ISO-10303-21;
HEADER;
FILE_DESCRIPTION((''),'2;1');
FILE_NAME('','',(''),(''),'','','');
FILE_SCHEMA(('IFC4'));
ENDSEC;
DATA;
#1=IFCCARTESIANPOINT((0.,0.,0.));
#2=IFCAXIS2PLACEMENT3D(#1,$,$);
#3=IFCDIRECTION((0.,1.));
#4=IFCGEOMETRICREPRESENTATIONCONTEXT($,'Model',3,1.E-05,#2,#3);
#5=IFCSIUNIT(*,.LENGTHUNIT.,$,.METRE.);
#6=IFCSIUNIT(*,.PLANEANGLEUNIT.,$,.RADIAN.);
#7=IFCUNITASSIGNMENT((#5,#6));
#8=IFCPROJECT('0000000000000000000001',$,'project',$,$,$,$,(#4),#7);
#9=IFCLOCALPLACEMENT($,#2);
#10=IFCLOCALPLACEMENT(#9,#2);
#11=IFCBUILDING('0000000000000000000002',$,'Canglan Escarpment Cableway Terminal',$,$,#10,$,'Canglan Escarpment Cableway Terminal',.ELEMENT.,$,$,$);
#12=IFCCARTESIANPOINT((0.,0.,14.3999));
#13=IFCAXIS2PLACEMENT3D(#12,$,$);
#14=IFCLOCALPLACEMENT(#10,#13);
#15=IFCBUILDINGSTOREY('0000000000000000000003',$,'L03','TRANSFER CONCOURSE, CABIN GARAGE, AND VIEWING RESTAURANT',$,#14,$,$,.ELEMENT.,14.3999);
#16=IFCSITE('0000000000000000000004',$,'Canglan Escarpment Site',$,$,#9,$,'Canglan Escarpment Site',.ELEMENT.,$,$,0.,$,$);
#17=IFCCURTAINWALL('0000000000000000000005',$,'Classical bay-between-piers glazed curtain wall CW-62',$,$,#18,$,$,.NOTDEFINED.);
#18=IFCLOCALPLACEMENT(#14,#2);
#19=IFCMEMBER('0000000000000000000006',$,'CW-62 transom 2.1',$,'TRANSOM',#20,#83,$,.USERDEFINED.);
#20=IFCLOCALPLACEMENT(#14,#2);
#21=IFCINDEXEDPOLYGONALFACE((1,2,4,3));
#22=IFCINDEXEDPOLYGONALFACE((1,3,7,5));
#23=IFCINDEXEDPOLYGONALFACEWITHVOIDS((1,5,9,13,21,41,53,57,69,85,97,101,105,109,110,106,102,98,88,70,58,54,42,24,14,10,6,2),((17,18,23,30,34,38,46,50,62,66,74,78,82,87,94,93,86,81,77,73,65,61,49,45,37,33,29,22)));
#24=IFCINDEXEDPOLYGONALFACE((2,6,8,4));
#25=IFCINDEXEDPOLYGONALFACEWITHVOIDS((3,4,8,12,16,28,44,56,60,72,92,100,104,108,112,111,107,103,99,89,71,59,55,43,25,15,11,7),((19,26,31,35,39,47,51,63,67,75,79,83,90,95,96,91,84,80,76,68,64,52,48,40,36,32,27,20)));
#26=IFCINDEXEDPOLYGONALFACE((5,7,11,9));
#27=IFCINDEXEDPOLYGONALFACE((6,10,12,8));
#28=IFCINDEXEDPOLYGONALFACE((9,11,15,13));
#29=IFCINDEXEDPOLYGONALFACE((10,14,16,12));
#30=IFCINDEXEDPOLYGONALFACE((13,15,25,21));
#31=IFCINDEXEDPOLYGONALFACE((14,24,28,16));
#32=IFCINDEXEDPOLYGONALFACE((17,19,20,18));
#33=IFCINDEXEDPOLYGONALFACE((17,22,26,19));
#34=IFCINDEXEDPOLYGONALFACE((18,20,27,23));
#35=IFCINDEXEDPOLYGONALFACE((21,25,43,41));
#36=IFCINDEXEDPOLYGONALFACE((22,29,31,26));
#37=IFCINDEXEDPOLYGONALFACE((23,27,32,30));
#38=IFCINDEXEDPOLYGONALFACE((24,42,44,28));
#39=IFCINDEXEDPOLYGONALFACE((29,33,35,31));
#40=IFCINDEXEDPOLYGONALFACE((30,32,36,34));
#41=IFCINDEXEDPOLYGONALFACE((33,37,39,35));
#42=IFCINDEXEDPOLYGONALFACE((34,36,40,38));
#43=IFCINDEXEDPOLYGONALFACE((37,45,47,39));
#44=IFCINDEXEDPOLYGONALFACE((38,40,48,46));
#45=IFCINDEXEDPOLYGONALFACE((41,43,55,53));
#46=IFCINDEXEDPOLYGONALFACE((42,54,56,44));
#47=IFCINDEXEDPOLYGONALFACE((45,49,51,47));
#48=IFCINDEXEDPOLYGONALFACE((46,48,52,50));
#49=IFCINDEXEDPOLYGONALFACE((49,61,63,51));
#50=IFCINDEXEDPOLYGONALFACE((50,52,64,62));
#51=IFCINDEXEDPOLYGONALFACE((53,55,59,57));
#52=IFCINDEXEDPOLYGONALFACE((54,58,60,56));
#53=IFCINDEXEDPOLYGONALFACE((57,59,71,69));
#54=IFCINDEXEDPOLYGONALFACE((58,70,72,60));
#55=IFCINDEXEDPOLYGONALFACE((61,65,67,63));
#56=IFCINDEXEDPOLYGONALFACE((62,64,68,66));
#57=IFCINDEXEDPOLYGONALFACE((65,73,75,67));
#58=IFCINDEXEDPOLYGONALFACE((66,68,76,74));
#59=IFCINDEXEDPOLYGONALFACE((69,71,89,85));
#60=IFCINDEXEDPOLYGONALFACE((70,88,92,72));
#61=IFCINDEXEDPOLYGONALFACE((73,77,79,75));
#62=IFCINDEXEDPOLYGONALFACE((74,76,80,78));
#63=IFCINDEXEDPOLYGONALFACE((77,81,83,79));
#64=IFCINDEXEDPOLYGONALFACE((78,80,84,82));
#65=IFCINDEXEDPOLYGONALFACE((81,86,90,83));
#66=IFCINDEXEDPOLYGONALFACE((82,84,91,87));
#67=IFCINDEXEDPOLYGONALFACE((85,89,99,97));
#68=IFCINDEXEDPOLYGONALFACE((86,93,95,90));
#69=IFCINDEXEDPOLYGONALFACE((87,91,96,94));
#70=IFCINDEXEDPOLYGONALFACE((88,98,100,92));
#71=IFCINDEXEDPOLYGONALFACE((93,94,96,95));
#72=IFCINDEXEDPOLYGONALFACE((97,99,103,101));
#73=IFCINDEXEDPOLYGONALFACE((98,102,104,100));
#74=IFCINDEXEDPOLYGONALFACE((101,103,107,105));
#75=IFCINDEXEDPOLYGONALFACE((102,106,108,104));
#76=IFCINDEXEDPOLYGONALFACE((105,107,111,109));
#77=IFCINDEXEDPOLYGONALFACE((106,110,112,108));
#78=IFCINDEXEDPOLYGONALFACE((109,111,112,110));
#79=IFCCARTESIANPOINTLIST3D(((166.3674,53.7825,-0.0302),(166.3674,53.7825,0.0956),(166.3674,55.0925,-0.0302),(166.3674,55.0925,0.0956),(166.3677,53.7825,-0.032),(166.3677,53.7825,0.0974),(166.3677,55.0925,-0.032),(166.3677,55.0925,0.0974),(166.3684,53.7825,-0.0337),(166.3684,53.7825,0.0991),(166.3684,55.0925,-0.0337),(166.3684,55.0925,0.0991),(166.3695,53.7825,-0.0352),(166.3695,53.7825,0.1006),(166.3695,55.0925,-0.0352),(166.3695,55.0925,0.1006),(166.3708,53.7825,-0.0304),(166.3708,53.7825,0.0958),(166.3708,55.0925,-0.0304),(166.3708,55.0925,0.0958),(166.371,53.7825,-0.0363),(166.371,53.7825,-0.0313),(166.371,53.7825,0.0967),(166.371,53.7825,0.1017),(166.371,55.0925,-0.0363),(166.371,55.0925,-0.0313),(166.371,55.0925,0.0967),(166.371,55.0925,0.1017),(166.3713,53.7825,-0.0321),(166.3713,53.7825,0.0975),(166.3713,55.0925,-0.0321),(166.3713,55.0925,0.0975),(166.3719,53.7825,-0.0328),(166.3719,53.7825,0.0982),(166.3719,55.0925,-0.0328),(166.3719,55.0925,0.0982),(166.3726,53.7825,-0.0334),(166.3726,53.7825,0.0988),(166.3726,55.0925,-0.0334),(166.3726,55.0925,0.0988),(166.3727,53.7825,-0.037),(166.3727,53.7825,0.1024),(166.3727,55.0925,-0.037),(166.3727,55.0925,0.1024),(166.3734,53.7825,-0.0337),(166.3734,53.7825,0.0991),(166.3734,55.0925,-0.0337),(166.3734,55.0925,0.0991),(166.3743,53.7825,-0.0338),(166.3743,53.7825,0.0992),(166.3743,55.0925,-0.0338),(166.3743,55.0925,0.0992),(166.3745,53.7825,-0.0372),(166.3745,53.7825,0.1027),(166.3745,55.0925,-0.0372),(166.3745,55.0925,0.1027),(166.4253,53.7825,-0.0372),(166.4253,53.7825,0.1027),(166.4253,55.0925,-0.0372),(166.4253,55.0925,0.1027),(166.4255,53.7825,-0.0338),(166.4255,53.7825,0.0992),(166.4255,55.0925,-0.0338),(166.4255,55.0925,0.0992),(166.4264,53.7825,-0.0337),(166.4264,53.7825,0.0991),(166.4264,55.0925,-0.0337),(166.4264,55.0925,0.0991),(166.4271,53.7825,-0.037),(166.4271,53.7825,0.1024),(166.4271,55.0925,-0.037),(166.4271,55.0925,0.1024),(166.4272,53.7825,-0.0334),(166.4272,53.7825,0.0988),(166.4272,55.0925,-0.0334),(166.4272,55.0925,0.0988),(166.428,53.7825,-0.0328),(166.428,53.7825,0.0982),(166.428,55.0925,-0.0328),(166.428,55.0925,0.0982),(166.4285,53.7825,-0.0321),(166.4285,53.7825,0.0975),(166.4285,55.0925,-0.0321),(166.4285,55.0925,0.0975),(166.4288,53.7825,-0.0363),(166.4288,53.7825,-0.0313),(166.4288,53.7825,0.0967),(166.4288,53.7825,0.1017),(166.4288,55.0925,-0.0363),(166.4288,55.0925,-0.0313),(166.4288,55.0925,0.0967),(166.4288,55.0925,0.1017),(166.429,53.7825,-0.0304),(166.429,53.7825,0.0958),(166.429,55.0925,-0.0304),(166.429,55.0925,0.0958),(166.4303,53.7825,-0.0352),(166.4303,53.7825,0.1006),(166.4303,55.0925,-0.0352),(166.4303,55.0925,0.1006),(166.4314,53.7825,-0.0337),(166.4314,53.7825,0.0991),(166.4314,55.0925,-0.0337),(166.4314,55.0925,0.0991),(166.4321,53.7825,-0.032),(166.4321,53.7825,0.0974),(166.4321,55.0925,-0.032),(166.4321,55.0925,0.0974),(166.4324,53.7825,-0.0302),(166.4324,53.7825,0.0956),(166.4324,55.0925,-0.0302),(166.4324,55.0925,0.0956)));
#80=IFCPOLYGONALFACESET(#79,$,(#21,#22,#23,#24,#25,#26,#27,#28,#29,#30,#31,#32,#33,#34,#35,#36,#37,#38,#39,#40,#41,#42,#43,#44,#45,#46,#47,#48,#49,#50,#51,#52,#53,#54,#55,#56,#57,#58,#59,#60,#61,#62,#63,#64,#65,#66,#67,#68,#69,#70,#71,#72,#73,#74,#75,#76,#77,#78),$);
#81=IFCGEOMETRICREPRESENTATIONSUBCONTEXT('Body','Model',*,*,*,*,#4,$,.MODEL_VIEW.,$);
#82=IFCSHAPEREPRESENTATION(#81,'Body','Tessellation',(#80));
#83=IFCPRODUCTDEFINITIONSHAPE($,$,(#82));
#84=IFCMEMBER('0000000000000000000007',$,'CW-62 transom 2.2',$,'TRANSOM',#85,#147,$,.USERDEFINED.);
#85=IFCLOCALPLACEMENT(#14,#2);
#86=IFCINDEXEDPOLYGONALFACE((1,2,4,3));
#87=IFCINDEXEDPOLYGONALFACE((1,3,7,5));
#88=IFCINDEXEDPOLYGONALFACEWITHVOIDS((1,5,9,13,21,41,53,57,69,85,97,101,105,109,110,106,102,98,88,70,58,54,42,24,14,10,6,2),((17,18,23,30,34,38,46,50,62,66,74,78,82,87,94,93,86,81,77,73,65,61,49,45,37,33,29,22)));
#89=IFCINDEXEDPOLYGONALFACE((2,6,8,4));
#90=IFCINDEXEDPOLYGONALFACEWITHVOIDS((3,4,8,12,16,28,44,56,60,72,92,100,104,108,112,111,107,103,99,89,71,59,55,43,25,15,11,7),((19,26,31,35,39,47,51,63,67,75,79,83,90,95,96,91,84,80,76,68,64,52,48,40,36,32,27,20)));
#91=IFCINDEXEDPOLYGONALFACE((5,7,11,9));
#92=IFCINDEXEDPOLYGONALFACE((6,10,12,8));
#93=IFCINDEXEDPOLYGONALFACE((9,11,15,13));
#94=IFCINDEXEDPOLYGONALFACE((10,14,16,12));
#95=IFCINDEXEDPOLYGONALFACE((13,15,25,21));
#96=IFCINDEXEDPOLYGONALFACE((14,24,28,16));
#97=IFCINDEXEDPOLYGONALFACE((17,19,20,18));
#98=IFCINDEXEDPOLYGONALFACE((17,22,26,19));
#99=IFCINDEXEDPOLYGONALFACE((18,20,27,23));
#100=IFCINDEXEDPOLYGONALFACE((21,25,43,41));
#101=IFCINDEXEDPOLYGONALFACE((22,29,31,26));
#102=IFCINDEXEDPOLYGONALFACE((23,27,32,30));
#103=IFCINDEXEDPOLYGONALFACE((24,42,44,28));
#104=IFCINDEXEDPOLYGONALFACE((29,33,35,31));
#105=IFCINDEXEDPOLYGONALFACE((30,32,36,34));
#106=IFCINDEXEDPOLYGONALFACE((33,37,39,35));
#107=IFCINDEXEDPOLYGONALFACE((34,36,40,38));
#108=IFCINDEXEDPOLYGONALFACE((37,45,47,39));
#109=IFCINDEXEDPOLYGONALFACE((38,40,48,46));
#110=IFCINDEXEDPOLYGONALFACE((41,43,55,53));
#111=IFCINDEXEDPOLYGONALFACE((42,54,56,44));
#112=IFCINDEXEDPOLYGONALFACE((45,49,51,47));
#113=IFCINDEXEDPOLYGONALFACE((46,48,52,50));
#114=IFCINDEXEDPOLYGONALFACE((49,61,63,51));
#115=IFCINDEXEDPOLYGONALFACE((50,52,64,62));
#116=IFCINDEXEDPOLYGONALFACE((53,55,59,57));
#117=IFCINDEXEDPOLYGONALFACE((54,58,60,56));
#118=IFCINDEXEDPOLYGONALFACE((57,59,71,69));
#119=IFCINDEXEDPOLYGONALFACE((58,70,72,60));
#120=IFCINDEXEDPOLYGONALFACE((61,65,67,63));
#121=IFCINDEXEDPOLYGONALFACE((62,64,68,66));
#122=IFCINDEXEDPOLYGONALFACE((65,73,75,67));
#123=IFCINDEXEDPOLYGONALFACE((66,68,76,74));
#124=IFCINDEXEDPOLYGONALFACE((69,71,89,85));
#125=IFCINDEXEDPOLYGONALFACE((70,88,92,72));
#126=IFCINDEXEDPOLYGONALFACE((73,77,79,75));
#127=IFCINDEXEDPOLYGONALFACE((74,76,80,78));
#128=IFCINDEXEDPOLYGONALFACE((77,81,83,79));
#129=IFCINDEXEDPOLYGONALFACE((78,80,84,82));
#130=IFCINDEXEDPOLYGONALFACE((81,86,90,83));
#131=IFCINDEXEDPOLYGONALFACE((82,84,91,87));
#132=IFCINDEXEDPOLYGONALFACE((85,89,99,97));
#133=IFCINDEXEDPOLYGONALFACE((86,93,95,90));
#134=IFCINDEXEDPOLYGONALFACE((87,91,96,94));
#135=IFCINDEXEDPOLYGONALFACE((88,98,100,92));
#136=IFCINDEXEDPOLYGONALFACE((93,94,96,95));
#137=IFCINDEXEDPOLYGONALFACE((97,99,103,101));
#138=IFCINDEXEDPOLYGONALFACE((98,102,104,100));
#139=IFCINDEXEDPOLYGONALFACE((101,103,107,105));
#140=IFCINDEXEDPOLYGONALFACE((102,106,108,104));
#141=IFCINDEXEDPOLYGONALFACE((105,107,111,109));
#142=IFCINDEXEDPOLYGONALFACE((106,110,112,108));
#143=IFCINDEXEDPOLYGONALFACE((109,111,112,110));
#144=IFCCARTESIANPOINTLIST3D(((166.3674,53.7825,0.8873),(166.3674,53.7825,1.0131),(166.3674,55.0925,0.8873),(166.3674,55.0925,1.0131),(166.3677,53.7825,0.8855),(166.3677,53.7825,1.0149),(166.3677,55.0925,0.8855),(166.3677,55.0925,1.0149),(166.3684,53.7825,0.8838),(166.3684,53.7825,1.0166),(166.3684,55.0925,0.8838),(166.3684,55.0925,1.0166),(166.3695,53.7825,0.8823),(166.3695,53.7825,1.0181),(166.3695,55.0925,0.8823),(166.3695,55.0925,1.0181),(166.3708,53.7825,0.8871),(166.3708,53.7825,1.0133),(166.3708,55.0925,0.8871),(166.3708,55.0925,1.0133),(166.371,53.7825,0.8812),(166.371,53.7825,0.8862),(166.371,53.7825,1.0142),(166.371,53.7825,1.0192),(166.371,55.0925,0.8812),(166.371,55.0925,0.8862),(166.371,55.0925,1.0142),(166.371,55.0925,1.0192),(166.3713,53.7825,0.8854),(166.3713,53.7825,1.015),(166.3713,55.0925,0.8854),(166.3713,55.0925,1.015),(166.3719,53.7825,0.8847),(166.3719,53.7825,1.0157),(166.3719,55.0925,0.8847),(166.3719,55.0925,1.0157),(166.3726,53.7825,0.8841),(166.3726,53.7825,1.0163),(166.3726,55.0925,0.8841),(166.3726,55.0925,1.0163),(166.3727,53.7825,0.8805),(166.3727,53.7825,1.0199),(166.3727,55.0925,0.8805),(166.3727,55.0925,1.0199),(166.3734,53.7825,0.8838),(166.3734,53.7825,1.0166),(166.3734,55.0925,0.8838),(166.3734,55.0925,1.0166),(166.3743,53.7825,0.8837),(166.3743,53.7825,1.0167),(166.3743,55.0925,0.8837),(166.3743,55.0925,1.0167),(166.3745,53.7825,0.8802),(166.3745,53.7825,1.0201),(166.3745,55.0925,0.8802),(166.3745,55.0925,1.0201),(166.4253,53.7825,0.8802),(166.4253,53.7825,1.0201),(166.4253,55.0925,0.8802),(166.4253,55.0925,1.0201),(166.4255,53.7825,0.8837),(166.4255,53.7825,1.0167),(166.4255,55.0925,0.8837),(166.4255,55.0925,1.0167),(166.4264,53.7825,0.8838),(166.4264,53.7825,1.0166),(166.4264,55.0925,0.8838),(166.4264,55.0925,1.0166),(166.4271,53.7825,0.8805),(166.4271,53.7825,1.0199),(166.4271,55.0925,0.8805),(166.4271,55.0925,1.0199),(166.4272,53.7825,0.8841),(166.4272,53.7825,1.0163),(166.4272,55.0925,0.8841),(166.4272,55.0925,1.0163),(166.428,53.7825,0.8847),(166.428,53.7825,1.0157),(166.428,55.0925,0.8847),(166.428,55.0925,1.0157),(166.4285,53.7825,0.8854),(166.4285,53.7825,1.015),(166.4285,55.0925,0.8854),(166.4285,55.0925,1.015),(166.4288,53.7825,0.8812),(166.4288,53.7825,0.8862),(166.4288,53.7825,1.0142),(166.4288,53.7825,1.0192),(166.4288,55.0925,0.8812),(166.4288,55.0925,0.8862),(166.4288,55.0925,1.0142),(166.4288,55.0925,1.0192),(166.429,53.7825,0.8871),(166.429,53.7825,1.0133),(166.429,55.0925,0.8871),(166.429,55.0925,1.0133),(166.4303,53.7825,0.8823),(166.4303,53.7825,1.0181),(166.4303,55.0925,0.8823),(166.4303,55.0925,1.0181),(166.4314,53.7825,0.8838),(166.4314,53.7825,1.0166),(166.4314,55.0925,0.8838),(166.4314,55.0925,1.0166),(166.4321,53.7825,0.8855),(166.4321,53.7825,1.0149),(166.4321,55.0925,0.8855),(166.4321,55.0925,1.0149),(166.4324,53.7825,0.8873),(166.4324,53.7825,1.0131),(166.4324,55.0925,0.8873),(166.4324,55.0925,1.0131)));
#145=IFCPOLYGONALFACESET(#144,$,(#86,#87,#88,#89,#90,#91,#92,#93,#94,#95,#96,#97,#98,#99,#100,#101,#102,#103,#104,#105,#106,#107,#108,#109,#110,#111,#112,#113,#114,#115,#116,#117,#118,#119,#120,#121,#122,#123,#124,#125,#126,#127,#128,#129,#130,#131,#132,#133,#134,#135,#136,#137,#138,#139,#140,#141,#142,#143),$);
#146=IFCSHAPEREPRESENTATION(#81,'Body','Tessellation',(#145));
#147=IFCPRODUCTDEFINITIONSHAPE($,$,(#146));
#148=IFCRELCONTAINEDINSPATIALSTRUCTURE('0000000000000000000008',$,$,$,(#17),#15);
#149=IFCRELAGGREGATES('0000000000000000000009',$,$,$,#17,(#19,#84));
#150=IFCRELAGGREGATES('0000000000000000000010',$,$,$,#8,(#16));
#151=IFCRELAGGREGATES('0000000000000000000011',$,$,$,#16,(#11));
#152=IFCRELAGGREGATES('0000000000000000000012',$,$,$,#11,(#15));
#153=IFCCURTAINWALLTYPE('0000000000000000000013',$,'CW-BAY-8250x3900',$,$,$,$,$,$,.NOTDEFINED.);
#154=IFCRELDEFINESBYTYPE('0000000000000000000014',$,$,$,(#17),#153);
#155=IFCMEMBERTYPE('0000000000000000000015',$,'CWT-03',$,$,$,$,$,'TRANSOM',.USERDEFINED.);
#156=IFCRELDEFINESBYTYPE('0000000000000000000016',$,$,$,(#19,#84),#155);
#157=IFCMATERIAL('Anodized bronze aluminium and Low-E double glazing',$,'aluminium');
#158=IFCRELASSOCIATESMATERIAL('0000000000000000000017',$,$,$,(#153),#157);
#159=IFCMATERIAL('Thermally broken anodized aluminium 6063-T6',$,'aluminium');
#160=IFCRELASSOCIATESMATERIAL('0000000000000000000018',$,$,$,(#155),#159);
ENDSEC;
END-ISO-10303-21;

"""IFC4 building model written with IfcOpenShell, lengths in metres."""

from ifc_helpers import new_model, si_unit, direction, frame, origin, origin_2d, place, context, subcontext, project, spatial, hollow_rectangle, extrude, material, material_profile, profile_set, type_object, element, aggregate, save


model = new_model("IFC4")

# Units and contexts
model_context = context("Model", 3, precision=1e-05, world=origin(), true_north=direction((0.0, 1.0)))
body_context = subcontext(model_context, "Body", "Model", "MODEL_VIEW")
ifc_project = project(units=[si_unit("LENGTHUNIT", "METRE"), si_unit("PLANEANGLEUNIT", "RADIAN")], contexts=[model_context])

# Site, building, storey
site_placement = place(None, origin())
site = spatial("IfcSite", under=ifc_project, at=site_placement, Name="Canglan Escarpment Site", LongName="Canglan Escarpment Site", CompositionType="ELEMENT", RefElevation=0.0)
building_placement = place(site_placement, origin())
building = spatial("IfcBuilding", under=site, at=building_placement, Name="Canglan Escarpment Cableway Terminal", LongName="Canglan Escarpment Cableway Terminal", CompositionType="ELEMENT")
storey_placement = place(building_placement, frame((0.0, 0.0, 14.3999)))
storey = spatial("IfcBuildingStorey", under=building, at=storey_placement, Name="L03", Description="TRANSFER CONCOURSE, CABIN GARAGE, AND VIEWING RESTAURANT", CompositionType="ELEMENT", Elevation=14.3999)

# Shared definitions
ifc_material_1 = material(Name="Anodized bronze aluminium and Low-E double glazing", Category="aluminium")
curtain_wall_type = type_object("IfcCurtainWallType", Name="CW-BAY-8250x3900", PredefinedType="NOTDEFINED", material=ifc_material_1)
ifc_material_2 = material(Name="Thermally broken anodized aluminium 6063-T6", Category="aluminium")

# Curtain wall
curtain_wall_1_placement = place(storey_placement, origin())
curtain_wall_1 = element("IfcCurtainWall", 1, at=curtain_wall_1_placement, inside=storey, type_object=curtain_wall_type, Name="Classical bay-between-piers glazed curtain wall CW-62", PredefinedType="NOTDEFINED")

# Members
ifc_material_profile_1 = material_profile(ifc_material_2, hollow_rectangle(XDim=0.0649, YDim=0.1399, WallThickness=0.0034, InnerFilletRadius=0.0034, OuterFilletRadius=0.0071, at=origin_2d()), Name="ALU-TRAN 65x140x3.5")
ifc_profile_set_1 = profile_set([ifc_material_profile_1], Name="Thermally broken anodized aluminium 6063-T6")
member_type_1 = type_object("IfcMemberType", Name="CWT-03", ElementType="TRANSOM", PredefinedType="USERDEFINED", material=ifc_profile_set_1)
member_1_placement = place(storey_placement, frame((166.3999, 53.7825, 0.0327), z_axis=(0.0, 1.0, 0.0), x_axis=(-1.0, 0.0, 0.0)))
member_1 = element("IfcMember", 2, at=member_1_placement, type_object=member_type_1, Name="CW-62 transom 2.1", ObjectType="TRANSOM", PredefinedType="USERDEFINED", context=body_context, shape_type="SweptSolid", body=[
    extrude(hollow_rectangle(XDim=0.0649, YDim=0.1399, WallThickness=0.0034, InnerFilletRadius=0.0034, OuterFilletRadius=0.0071, at=origin_2d()), origin(), (0.0, 0.0, 1.0), 1.3101),
])
member_2_placement = place(storey_placement, frame((166.3999, 53.7825, 0.9502), z_axis=(0.0, 1.0, 0.0), x_axis=(-1.0, 0.0, 0.0)))
member_2 = element("IfcMember", 3, at=member_2_placement, type_object=member_type_1, Name="CW-62 transom 2.2", ObjectType="TRANSOM", PredefinedType="USERDEFINED", context=body_context, shape_type="SweptSolid", body=[
    extrude(hollow_rectangle(XDim=0.0649, YDim=0.1399, WallThickness=0.0034, InnerFilletRadius=0.0034, OuterFilletRadius=0.0071, at=origin_2d()), origin(), (0.0, 0.0, 1.0), 1.3101),
])

aggregate(curtain_wall_1, [member_1, member_2])

save(model, "model.ifc")
